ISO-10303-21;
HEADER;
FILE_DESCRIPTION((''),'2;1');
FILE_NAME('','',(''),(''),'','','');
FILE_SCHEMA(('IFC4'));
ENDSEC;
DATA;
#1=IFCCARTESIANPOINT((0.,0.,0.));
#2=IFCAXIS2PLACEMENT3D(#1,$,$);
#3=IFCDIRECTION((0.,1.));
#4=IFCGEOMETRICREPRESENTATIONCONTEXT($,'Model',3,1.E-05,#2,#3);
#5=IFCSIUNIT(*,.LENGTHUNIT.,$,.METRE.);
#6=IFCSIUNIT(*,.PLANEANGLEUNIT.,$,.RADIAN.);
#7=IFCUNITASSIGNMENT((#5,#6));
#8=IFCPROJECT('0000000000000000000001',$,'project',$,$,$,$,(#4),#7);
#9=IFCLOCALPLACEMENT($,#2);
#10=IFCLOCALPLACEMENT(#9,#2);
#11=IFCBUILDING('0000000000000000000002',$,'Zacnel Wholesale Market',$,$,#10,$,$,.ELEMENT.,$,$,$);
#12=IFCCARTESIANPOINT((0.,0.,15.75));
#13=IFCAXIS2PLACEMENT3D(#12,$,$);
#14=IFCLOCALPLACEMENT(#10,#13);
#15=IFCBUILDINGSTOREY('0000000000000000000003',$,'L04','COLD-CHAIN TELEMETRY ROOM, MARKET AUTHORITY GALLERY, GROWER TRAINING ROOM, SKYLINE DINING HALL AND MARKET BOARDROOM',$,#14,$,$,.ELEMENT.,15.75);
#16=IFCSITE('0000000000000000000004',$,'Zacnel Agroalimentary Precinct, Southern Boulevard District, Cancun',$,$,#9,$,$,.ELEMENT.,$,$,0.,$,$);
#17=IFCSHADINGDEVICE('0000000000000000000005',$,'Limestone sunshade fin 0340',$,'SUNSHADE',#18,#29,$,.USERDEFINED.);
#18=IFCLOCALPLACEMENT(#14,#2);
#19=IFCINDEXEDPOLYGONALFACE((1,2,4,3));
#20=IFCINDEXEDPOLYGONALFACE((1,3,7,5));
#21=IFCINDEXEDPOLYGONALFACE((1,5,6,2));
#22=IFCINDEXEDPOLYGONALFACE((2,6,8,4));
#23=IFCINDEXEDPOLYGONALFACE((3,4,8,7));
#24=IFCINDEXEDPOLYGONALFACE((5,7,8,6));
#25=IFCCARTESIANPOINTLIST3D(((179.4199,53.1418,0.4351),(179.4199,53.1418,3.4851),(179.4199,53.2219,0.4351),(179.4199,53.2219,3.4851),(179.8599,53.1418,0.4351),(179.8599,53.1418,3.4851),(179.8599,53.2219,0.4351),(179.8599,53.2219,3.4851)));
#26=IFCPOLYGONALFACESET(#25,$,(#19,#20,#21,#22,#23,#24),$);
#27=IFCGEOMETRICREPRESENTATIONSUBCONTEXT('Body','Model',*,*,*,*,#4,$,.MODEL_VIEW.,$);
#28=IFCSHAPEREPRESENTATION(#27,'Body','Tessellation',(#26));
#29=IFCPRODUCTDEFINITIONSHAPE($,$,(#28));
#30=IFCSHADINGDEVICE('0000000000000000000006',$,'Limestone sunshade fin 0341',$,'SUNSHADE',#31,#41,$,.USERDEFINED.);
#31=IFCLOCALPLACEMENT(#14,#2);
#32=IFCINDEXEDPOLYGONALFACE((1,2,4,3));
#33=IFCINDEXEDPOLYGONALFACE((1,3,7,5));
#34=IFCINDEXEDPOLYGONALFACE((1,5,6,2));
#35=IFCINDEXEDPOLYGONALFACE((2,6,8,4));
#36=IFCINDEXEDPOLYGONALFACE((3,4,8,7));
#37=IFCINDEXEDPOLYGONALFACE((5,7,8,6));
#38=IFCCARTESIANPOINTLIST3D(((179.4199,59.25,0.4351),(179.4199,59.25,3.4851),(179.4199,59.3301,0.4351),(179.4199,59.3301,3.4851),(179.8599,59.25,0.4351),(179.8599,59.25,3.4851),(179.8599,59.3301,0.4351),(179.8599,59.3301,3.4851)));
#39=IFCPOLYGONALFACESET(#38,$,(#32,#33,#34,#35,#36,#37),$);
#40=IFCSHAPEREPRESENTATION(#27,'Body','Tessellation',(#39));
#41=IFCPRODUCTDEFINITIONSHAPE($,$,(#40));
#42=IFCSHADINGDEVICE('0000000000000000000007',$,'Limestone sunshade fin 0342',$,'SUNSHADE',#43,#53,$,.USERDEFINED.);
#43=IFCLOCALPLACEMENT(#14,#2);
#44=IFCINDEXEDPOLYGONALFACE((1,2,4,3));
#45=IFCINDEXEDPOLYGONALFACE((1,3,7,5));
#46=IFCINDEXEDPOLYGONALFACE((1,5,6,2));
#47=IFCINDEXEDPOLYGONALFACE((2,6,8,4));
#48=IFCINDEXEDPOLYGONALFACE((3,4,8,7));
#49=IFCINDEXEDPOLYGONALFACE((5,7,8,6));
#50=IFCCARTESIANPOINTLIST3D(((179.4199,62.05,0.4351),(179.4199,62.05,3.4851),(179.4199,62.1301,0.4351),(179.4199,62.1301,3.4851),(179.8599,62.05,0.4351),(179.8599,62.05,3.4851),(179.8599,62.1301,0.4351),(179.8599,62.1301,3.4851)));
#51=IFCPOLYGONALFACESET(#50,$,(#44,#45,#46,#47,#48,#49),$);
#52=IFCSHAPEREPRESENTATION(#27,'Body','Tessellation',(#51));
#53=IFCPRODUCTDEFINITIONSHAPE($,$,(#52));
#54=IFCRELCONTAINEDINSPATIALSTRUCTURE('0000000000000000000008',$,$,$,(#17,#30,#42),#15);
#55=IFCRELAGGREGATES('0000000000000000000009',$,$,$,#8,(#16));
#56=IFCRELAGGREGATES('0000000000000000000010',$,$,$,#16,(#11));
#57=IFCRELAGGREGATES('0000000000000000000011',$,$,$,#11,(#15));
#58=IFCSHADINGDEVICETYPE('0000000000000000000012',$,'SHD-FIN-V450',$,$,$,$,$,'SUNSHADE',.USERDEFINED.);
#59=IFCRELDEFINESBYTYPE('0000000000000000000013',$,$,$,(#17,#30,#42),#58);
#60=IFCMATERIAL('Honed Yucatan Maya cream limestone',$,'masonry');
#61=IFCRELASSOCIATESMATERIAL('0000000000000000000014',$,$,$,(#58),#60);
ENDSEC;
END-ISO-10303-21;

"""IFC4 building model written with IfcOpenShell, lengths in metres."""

from ifc_helpers import new_model, si_unit, direction, frame, origin, origin_2d, place, context, subcontext, project, spatial, rectangle, extrude, material, type_object, element, save


model = new_model("IFC4")

# Units and contexts
model_context = context("Model", 3, precision=1e-05, world=origin(), true_north=direction((0.0, 1.0)))
body_context = subcontext(model_context, "Body", "Model", "MODEL_VIEW")
ifc_project = project(units=[si_unit("LENGTHUNIT", "METRE"), si_unit("PLANEANGLEUNIT", "RADIAN")], contexts=[model_context])

# Site, building, storey
site_placement = place(None, origin())
site = spatial("IfcSite", under=ifc_project, at=site_placement, Name="Zacnel Agroalimentary Precinct, Southern Boulevard District, Cancun", CompositionType="ELEMENT", RefElevation=0.0)
building_placement = place(site_placement, origin())
building = spatial("IfcBuilding", under=site, at=building_placement, Name="Zacnel Wholesale Market", CompositionType="ELEMENT")
storey_placement = place(building_placement, frame((0.0, 0.0, 15.75)))
storey = spatial("IfcBuildingStorey", under=building, at=storey_placement, Name="L04", Description="COLD-CHAIN TELEMETRY ROOM, MARKET AUTHORITY GALLERY, GROWER TRAINING ROOM, SKYLINE DINING HALL AND MARKET BOARDROOM", CompositionType="ELEMENT", Elevation=15.75)

# Shading devices
ifc_material_1 = material(Name="Honed Yucatan Maya cream limestone", Category="masonry")
shading_device_type = type_object("IfcShadingDeviceType", Name="SHD-FIN-V450", ElementType="SUNSHADE", PredefinedType="USERDEFINED", material=ifc_material_1)
for number, where, z_axis, x_axis, name in (
    (1, (179.6399, 53.1819, 0.4351), (0.0, 0.0, 1.0), (0.0, 1.0, 0.0), "Limestone sunshade fin 0340"),
    (2, (179.6399, 59.29, 0.4351), (0.0, 0.0, 1.0), (0.0, 1.0, 0.0), "Limestone sunshade fin 0341"),
    (3, (179.6399, 62.0901, 0.4351), (0.0, 0.0, 1.0), (0.0, 1.0, 0.0), "Limestone sunshade fin 0342"),
):
    element("IfcShadingDevice", number, at=place(storey_placement, frame(where, z_axis=z_axis, x_axis=x_axis)), inside=storey, type_object=shading_device_type, Name=name, ObjectType="SUNSHADE", PredefinedType="USERDEFINED", context=body_context, shape_type="SweptSolid", body=[
        extrude(rectangle(XDim=0.0801, YDim=0.4399, at=origin_2d()), origin(), (0.0, 0.0, 1.0), 3.05),
    ])

save(model, "model.ifc")
